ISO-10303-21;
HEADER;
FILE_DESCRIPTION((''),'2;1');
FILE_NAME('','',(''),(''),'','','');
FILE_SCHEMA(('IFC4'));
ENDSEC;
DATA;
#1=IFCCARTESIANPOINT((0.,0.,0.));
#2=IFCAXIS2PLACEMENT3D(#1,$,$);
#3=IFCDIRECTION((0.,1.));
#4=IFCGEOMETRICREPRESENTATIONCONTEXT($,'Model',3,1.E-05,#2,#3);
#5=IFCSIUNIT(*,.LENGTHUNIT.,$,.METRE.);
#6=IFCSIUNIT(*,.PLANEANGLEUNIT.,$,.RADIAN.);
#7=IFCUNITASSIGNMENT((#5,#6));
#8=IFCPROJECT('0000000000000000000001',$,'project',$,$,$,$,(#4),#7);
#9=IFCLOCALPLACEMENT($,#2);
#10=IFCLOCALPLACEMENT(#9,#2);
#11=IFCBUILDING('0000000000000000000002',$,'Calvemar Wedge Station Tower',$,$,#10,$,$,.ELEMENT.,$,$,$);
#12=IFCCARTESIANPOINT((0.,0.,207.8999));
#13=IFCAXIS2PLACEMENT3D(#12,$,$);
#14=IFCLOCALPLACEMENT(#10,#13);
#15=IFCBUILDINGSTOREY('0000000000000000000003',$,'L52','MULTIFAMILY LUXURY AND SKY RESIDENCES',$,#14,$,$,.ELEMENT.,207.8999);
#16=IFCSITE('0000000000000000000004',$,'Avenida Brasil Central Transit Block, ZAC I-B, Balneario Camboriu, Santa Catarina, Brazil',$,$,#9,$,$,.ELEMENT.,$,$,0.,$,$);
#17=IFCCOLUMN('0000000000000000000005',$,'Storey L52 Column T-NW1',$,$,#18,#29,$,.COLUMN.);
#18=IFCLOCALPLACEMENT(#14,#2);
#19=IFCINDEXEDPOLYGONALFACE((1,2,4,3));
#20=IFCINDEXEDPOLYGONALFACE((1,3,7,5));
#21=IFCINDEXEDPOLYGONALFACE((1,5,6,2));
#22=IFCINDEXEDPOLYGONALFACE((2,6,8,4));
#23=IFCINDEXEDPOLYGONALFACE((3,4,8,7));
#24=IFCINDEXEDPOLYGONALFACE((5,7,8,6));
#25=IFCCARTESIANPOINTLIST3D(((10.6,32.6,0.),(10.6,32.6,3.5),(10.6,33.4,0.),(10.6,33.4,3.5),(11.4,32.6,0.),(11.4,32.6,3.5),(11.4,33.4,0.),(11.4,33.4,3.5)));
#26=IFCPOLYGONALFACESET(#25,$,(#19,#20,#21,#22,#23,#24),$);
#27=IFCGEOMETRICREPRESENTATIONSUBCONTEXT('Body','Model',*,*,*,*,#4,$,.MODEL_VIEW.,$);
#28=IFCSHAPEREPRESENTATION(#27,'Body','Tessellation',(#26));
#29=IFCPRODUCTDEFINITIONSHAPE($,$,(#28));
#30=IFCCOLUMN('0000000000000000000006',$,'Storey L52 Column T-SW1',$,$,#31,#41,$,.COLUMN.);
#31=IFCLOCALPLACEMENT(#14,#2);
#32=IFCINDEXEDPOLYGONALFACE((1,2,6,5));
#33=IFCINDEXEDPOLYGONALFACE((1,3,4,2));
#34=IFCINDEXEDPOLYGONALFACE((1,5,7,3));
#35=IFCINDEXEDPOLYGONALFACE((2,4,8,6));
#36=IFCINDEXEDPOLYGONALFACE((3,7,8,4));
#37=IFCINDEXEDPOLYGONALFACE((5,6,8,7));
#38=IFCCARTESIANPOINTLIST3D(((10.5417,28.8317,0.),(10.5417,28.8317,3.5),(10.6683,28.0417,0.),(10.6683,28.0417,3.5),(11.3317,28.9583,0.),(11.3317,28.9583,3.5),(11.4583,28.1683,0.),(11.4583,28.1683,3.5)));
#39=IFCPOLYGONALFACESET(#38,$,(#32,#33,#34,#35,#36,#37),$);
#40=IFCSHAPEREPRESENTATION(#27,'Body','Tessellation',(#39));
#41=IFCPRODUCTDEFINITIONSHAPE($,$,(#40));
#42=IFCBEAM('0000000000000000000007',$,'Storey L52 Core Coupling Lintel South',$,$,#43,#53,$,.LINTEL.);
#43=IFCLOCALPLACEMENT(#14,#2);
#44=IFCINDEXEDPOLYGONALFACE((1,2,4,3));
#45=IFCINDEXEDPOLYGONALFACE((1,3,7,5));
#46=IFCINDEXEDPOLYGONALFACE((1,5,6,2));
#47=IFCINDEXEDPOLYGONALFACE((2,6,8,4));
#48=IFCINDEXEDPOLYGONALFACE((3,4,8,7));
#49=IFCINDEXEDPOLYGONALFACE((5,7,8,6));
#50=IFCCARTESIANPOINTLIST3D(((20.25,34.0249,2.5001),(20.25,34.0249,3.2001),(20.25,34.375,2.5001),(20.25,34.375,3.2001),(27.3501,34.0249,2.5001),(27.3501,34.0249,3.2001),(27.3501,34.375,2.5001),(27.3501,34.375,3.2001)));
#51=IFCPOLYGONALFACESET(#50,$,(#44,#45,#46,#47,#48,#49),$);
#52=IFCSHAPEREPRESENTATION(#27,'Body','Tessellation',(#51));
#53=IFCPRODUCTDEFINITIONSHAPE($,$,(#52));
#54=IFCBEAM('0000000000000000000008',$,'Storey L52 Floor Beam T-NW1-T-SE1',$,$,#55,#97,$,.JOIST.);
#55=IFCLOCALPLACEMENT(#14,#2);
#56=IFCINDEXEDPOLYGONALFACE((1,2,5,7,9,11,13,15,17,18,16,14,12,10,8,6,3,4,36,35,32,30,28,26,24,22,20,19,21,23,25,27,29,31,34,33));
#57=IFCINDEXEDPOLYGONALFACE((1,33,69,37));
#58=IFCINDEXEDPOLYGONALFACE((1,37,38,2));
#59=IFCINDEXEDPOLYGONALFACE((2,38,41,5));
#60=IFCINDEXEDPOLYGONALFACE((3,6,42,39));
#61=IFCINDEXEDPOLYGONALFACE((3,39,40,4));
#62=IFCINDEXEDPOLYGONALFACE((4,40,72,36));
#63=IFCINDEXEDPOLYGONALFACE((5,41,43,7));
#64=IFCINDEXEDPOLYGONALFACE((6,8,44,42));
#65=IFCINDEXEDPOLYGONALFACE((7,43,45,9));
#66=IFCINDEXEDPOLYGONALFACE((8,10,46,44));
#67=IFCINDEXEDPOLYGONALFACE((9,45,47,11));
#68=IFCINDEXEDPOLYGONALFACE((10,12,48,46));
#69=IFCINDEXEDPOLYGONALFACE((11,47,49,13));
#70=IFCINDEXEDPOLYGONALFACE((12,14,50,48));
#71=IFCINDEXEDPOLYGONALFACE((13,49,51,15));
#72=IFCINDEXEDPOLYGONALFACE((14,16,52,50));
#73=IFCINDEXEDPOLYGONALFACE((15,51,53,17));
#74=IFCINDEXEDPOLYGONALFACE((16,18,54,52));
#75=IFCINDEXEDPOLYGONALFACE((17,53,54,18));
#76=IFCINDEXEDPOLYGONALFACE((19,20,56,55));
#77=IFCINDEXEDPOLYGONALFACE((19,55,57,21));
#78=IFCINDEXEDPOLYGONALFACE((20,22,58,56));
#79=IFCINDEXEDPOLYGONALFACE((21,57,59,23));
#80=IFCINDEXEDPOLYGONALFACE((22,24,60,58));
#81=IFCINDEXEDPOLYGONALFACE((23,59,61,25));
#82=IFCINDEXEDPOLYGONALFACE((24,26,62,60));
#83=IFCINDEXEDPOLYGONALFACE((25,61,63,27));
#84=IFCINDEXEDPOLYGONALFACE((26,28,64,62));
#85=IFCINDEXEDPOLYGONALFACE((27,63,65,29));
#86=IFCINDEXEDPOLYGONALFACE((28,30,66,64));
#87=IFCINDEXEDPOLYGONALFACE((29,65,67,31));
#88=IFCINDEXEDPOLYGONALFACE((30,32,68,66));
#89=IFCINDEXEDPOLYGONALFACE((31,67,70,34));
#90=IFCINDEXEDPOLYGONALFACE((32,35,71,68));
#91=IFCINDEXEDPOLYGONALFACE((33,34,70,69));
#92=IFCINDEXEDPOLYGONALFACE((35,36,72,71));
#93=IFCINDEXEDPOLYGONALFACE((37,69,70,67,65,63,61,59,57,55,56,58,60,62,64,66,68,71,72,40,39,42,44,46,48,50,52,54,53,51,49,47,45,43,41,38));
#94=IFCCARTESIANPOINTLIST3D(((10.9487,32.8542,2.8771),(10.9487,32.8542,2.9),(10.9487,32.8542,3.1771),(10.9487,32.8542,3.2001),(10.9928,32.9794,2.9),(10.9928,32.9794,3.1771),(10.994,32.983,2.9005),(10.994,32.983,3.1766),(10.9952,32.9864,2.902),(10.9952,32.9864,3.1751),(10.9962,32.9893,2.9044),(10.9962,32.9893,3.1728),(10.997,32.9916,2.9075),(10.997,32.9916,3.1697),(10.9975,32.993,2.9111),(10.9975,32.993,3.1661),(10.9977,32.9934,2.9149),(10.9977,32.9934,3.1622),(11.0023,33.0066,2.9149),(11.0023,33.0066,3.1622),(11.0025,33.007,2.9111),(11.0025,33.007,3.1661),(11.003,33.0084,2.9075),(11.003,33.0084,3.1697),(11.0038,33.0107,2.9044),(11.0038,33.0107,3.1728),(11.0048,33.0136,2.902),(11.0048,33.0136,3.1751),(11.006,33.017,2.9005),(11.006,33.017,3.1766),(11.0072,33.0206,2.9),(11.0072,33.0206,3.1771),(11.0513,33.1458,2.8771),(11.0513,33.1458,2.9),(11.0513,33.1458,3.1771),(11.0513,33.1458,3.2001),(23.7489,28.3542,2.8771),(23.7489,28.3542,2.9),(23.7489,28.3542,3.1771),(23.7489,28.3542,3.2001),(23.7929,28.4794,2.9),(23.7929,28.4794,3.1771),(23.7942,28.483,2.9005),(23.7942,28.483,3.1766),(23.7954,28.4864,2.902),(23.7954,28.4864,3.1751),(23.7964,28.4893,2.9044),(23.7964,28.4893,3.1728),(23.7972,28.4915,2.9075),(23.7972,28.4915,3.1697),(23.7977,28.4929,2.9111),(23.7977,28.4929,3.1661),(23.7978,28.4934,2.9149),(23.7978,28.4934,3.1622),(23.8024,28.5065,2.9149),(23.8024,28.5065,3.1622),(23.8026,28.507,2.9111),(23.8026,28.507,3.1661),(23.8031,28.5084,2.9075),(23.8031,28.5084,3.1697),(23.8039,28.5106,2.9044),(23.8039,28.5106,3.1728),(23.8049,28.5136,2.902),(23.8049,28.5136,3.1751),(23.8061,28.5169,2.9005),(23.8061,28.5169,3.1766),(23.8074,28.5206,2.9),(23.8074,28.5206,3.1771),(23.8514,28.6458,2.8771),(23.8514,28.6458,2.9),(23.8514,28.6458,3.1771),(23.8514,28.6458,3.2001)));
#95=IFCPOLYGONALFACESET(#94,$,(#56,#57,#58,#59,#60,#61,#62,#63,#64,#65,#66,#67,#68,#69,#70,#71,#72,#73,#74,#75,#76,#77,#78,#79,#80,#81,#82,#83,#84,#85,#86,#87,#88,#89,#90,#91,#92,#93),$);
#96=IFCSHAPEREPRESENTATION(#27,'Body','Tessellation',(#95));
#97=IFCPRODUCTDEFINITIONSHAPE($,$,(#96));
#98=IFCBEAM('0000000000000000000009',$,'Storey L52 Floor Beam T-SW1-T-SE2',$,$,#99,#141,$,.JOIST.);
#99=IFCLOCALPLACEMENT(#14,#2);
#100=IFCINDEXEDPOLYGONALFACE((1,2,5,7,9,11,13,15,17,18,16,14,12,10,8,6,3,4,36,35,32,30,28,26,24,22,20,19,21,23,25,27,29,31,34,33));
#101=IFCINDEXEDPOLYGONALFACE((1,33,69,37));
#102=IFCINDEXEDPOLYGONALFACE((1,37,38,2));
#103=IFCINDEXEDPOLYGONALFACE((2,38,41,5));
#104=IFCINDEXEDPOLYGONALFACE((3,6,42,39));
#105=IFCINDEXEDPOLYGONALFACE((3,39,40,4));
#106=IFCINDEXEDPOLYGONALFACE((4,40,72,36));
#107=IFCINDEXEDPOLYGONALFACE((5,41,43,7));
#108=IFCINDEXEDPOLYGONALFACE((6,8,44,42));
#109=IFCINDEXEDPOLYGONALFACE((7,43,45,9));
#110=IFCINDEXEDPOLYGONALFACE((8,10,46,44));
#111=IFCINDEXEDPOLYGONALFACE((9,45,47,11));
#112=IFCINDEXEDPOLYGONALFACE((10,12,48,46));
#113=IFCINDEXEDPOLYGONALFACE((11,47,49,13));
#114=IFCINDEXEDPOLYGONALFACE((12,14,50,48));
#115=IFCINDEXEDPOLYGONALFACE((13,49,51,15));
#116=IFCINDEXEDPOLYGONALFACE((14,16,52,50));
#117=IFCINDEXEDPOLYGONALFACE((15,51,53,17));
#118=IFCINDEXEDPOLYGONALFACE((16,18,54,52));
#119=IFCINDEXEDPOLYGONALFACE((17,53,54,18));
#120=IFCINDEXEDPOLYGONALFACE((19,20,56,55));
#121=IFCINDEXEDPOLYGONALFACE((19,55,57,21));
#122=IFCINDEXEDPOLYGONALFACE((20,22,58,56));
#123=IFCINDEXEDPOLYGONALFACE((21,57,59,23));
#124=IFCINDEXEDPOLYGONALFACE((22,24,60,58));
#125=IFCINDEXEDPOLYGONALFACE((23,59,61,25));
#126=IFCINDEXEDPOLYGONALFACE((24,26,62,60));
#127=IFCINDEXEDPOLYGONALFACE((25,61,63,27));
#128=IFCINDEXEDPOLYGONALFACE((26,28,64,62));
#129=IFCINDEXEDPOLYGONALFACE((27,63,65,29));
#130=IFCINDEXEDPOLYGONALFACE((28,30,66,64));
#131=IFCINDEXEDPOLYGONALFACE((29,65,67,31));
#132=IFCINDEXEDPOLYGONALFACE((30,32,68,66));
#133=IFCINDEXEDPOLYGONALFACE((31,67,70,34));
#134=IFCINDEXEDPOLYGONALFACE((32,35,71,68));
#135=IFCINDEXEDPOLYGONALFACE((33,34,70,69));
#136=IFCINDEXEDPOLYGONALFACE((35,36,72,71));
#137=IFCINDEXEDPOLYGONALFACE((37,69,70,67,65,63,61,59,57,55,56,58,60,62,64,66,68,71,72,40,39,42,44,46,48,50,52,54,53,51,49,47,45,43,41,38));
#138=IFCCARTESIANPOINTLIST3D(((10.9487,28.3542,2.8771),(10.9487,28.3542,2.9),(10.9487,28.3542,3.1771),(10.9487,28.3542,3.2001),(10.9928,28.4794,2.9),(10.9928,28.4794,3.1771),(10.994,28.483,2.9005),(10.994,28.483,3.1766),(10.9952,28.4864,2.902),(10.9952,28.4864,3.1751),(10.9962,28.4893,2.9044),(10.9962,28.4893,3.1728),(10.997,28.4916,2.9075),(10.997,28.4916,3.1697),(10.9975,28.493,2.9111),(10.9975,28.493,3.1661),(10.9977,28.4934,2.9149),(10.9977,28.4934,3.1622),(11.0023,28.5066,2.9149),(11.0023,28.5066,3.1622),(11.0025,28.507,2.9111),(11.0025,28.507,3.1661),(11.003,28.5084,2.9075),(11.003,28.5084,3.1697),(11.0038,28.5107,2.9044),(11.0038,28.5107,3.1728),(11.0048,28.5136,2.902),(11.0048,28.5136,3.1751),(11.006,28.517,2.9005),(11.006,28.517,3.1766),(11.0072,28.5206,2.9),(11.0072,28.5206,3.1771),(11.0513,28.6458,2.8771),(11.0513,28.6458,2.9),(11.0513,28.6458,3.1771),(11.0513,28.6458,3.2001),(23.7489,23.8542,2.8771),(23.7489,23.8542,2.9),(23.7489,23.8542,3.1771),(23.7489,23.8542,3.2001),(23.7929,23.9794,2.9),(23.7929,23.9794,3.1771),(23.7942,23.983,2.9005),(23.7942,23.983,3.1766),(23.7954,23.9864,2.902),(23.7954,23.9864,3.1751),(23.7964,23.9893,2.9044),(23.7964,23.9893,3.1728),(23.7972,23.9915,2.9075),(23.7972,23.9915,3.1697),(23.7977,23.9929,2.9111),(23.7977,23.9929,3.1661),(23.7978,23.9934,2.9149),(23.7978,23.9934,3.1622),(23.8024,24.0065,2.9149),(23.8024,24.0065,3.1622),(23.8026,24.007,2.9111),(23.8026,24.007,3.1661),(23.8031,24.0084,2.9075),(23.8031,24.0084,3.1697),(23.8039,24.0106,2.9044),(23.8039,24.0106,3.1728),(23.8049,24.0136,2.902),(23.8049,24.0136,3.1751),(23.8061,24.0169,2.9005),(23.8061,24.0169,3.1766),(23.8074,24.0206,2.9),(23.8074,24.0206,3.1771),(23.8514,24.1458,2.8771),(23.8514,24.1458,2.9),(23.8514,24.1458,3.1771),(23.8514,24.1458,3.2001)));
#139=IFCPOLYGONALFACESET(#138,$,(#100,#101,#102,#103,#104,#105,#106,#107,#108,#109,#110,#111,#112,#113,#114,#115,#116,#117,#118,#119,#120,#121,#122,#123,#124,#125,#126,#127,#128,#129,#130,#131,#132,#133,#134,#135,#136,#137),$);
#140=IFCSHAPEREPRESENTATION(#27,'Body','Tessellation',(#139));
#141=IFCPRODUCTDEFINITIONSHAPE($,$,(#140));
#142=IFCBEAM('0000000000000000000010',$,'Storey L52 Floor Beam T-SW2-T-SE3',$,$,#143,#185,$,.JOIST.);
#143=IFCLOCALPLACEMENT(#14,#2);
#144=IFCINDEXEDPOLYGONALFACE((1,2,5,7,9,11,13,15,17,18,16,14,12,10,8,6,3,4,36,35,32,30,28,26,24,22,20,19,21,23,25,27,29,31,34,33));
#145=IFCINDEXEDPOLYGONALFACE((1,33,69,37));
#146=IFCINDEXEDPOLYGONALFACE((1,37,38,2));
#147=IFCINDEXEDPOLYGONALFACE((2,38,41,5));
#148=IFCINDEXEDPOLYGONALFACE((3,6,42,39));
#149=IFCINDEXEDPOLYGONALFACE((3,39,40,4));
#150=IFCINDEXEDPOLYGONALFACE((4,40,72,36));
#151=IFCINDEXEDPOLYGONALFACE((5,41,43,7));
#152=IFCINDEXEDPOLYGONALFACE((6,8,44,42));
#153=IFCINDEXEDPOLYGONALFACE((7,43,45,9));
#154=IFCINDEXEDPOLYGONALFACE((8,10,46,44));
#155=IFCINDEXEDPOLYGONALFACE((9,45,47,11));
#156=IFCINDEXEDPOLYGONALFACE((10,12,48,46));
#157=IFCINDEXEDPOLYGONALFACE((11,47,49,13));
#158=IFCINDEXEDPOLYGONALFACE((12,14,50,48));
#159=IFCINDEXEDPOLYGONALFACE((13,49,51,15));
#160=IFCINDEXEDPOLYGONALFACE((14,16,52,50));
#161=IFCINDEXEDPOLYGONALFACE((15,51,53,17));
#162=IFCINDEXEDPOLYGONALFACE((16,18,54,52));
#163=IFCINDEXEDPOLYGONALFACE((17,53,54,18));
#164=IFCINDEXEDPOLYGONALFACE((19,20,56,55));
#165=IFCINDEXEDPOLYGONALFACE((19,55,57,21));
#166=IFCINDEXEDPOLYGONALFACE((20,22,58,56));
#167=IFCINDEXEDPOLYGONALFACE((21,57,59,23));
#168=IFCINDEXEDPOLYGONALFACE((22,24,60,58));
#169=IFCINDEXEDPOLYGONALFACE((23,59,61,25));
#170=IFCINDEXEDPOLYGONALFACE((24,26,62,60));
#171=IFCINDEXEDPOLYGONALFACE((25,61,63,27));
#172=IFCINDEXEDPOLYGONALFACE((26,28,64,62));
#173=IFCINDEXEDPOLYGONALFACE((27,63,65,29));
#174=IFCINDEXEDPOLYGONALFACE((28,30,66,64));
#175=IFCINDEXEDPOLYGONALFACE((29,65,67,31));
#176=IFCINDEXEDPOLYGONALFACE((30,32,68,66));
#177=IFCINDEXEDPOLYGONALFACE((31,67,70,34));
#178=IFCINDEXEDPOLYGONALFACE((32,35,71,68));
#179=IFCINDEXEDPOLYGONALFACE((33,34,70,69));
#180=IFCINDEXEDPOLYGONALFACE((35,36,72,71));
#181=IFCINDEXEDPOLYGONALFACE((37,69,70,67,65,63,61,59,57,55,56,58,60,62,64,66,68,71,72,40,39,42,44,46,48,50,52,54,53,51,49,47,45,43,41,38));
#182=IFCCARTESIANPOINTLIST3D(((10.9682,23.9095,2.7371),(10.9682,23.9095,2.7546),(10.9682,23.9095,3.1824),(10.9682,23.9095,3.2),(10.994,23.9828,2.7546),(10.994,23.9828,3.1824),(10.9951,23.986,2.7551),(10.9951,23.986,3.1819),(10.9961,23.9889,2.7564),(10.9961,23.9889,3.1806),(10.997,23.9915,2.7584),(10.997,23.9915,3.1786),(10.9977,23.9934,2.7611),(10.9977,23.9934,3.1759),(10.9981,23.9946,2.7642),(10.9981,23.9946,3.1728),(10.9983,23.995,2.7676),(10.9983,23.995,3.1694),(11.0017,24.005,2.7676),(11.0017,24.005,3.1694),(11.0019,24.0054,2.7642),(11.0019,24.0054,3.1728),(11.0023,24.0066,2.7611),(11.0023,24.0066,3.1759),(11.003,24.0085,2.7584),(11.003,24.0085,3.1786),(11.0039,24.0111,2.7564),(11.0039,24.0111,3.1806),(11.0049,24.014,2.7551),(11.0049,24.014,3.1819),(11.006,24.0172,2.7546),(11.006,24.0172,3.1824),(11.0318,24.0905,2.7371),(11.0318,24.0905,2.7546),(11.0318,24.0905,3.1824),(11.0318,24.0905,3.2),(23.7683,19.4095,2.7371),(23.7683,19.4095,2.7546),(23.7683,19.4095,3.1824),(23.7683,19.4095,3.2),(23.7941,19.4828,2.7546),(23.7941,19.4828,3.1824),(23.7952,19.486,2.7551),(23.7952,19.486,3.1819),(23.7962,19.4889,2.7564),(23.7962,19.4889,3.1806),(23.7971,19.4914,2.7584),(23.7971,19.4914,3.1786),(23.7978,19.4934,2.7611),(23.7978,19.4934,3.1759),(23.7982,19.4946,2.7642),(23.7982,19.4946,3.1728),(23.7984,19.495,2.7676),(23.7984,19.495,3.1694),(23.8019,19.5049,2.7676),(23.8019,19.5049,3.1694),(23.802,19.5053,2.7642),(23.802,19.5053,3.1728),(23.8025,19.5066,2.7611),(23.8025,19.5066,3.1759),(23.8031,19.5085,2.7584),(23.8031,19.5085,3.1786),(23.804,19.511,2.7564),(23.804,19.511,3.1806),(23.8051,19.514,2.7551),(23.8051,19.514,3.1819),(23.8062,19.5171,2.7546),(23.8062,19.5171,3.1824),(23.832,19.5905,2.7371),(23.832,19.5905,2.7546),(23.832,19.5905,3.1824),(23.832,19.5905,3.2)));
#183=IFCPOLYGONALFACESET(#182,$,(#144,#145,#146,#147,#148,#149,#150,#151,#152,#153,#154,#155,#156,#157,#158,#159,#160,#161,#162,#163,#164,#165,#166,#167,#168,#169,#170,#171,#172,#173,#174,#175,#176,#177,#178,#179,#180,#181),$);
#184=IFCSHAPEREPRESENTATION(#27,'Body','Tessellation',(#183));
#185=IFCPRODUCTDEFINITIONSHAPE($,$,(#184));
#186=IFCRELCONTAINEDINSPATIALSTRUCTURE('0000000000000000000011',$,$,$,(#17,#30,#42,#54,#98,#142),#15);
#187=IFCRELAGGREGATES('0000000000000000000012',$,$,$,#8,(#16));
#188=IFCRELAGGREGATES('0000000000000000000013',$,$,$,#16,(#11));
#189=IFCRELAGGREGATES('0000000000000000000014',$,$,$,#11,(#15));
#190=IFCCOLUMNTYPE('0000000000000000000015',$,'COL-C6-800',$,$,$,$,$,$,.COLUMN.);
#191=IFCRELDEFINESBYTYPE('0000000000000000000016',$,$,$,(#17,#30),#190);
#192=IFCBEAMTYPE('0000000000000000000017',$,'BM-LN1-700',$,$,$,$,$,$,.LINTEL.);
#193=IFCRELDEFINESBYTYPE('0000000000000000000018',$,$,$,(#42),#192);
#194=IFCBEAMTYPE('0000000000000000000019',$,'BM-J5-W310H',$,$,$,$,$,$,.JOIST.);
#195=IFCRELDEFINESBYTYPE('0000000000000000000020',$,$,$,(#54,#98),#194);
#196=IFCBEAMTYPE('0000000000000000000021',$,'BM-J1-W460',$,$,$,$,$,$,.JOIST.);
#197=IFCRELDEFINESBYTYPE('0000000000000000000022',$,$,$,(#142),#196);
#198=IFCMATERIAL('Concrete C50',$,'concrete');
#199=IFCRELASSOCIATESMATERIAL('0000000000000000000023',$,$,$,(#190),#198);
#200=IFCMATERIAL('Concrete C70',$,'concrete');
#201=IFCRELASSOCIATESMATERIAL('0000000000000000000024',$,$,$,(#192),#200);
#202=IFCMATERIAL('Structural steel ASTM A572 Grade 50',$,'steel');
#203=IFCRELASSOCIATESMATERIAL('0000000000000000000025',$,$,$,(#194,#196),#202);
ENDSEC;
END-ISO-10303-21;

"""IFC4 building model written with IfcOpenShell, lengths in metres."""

from ifc_helpers import new_model, si_unit, direction, frame, origin, origin_2d, place, context, subcontext, project, spatial, rectangle, i_section, extrude, source, transform, mapped, material, material_profile, profile_set, type_object, element, save


model = new_model("IFC4")

# Units and contexts
model_context = context("Model", 3, precision=1e-05, world=origin(), true_north=direction((0.0, 1.0)))
body_context = subcontext(model_context, "Body", "Model", "MODEL_VIEW")
ifc_project = project(units=[si_unit("LENGTHUNIT", "METRE"), si_unit("PLANEANGLEUNIT", "RADIAN")], contexts=[model_context])

# Site, building, storey
site_placement = place(None, origin())
site = spatial("IfcSite", under=ifc_project, at=site_placement, Name="Avenida Brasil Central Transit Block, ZAC I-B, Balneario Camboriu, Santa Catarina, Brazil", CompositionType="ELEMENT", RefElevation=0.0)
building_placement = place(site_placement, origin())
building = spatial("IfcBuilding", under=site, at=building_placement, Name="Calvemar Wedge Station Tower", CompositionType="ELEMENT")
storey_placement = place(building_placement, frame((0.0, 0.0, 207.8999)))
storey = spatial("IfcBuildingStorey", under=building, at=storey_placement, Name="L52", Description="MULTIFAMILY LUXURY AND SKY RESIDENCES", CompositionType="ELEMENT", Elevation=207.8999)

# Columns
ifc_material_1 = material(Name="Concrete C50", Category="concrete")
ifc_material_profile_1 = material_profile(ifc_material_1, rectangle(XDim=0.8, YDim=0.8, at=origin_2d()), Name="RC800x800")
ifc_profile_set_1 = profile_set([ifc_material_profile_1], Name="Concrete C50")
column_type = type_object("IfcColumnType", Name="COL-C6-800", PredefinedType="COLUMN", material=ifc_profile_set_1)
shared_shape_1 = source(origin(), body_context, "Body", "SweptSolid", [
    extrude(rectangle(XDim=0.8, YDim=0.8, at=origin_2d()), origin(), (0.0, 0.0, 1.0), 3.5),
])
for number, where, z_axis, x_axis, name in (
    (1, (11.0, 33.0, 0.0), (0.0, 0.0, 1.0), (1.0, 0.0, 0.0), "Storey L52 Column T-NW1"),
    (2, (11.0, 28.5, 0.0), (0.0, 0.0, 1.0), (0.158158, -0.987414, 0.0), "Storey L52 Column T-SW1"),
):
    element("IfcColumn", number, at=place(storey_placement, frame(where, z_axis=z_axis, x_axis=x_axis)), inside=storey, type_object=column_type, Name=name, PredefinedType="COLUMN", context=body_context, shape_type="MappedRepresentation", body=[
        mapped(shared_shape_1, transform((0.0, 0.0, 0.0), scale=1.0)),
    ])

# Beams
ifc_material_2 = material(Name="Concrete C70", Category="concrete")
ifc_material_profile_2 = material_profile(ifc_material_2, rectangle(XDim=0.3501, YDim=0.7, at=origin_2d()), Name="RC350x700")
ifc_profile_set_2 = profile_set([ifc_material_profile_2], Name="Concrete C70")
beam_type_1 = type_object("IfcBeamType", Name="BM-LN1-700", PredefinedType="LINTEL", material=ifc_profile_set_2)
shared_shape_2 = source(origin(), body_context, "Body", "SweptSolid", [
    extrude(rectangle(XDim=0.3501, YDim=0.7, at=origin_2d()), origin(), (0.0, 0.0, 1.0), 7.1001),
])
beam_1_placement = place(storey_placement, frame((20.25, 34.2, 2.8501), z_axis=(1.0, 0.0, 0.0), x_axis=(0.0, 1.0, 0.0)))
element("IfcBeam", 3, at=beam_1_placement, inside=storey, type_object=beam_type_1, Name="Storey L52 Core Coupling Lintel South", PredefinedType="LINTEL", context=body_context, shape_type="MappedRepresentation", body=[
    mapped(shared_shape_2, transform((0.0, 0.0, 0.0), scale=1.0)),
])
ifc_material_3 = material(Name="Structural steel ASTM A572 Grade 50", Category="steel")
ifc_material_profile_3 = material_profile(ifc_material_3, i_section(OverallWidth=0.3091, OverallDepth=0.323, WebThickness=0.0139, FlangeThickness=0.0229, FilletRadius=0.0149, at=origin_2d()), Name="W310x143")
ifc_profile_set_3 = profile_set([ifc_material_profile_3], Name="Structural steel ASTM A572 Grade 50")
beam_type_2 = type_object("IfcBeamType", Name="BM-J5-W310H", PredefinedType="JOIST", material=ifc_profile_set_3)
shared_shape_3 = source(origin(), body_context, "Body", "SweptSolid", [
    extrude(i_section(OverallWidth=0.3091, OverallDepth=0.323, WebThickness=0.0139, FlangeThickness=0.0229, FilletRadius=0.0149, at=origin_2d()), origin(), (0.0, 0.0, 1.0), 13.5681),
])
for number, where, z_axis, x_axis, name in (
    (4, (11.0, 33.0, 3.0386), (0.943398, -0.331662, 0.0), (0.331662, 0.943398, 0.0), "Storey L52 Floor Beam T-NW1-T-SE1"),
    (5, (11.0, 28.5, 3.0386), (0.943398, -0.331662, 0.0), (0.331662, 0.943398, 0.0), "Storey L52 Floor Beam T-SW1-T-SE2"),
):
    element("IfcBeam", number, at=place(storey_placement, frame(where, z_axis=z_axis, x_axis=x_axis)), inside=storey, type_object=beam_type_2, Name=name, PredefinedType="JOIST", context=body_context, shape_type="MappedRepresentation", body=[
        mapped(shared_shape_3, transform((0.0, 0.0, 0.0), scale=1.0)),
    ])
ifc_material_profile_4 = material_profile(ifc_material_3, i_section(OverallWidth=0.1919, OverallDepth=0.4629, WebThickness=0.0105, FlangeThickness=0.0176, FilletRadius=0.0129, at=origin_2d()), Name="W460x89")
ifc_profile_set_4 = profile_set([ifc_material_profile_4], Name="Structural steel ASTM A572 Grade 50")
beam_type_3 = type_object("IfcBeamType", Name="BM-J1-W460", PredefinedType="JOIST", material=ifc_profile_set_4)
shared_shape_4 = source(origin(), body_context, "Body", "SweptSolid", [
    extrude(i_section(OverallWidth=0.1919, OverallDepth=0.4629, WebThickness=0.0105, FlangeThickness=0.0176, FilletRadius=0.0129, at=origin_2d()), origin(), (0.0, 0.0, 1.0), 13.5681),
])
beam_2_placement = place(storey_placement, frame((11.0, 24.0, 2.9685), z_axis=(0.943398, -0.331662, 0.0), x_axis=(0.331662, 0.943398, 0.0)))
element("IfcBeam", 6, at=beam_2_placement, inside=storey, type_object=beam_type_3, Name="Storey L52 Floor Beam T-SW2-T-SE3", PredefinedType="JOIST", context=body_context, shape_type="MappedRepresentation", body=[
    mapped(shared_shape_4, transform((0.0, 0.0, 0.0), scale=1.0)),
])

save(model, "model.ifc")
